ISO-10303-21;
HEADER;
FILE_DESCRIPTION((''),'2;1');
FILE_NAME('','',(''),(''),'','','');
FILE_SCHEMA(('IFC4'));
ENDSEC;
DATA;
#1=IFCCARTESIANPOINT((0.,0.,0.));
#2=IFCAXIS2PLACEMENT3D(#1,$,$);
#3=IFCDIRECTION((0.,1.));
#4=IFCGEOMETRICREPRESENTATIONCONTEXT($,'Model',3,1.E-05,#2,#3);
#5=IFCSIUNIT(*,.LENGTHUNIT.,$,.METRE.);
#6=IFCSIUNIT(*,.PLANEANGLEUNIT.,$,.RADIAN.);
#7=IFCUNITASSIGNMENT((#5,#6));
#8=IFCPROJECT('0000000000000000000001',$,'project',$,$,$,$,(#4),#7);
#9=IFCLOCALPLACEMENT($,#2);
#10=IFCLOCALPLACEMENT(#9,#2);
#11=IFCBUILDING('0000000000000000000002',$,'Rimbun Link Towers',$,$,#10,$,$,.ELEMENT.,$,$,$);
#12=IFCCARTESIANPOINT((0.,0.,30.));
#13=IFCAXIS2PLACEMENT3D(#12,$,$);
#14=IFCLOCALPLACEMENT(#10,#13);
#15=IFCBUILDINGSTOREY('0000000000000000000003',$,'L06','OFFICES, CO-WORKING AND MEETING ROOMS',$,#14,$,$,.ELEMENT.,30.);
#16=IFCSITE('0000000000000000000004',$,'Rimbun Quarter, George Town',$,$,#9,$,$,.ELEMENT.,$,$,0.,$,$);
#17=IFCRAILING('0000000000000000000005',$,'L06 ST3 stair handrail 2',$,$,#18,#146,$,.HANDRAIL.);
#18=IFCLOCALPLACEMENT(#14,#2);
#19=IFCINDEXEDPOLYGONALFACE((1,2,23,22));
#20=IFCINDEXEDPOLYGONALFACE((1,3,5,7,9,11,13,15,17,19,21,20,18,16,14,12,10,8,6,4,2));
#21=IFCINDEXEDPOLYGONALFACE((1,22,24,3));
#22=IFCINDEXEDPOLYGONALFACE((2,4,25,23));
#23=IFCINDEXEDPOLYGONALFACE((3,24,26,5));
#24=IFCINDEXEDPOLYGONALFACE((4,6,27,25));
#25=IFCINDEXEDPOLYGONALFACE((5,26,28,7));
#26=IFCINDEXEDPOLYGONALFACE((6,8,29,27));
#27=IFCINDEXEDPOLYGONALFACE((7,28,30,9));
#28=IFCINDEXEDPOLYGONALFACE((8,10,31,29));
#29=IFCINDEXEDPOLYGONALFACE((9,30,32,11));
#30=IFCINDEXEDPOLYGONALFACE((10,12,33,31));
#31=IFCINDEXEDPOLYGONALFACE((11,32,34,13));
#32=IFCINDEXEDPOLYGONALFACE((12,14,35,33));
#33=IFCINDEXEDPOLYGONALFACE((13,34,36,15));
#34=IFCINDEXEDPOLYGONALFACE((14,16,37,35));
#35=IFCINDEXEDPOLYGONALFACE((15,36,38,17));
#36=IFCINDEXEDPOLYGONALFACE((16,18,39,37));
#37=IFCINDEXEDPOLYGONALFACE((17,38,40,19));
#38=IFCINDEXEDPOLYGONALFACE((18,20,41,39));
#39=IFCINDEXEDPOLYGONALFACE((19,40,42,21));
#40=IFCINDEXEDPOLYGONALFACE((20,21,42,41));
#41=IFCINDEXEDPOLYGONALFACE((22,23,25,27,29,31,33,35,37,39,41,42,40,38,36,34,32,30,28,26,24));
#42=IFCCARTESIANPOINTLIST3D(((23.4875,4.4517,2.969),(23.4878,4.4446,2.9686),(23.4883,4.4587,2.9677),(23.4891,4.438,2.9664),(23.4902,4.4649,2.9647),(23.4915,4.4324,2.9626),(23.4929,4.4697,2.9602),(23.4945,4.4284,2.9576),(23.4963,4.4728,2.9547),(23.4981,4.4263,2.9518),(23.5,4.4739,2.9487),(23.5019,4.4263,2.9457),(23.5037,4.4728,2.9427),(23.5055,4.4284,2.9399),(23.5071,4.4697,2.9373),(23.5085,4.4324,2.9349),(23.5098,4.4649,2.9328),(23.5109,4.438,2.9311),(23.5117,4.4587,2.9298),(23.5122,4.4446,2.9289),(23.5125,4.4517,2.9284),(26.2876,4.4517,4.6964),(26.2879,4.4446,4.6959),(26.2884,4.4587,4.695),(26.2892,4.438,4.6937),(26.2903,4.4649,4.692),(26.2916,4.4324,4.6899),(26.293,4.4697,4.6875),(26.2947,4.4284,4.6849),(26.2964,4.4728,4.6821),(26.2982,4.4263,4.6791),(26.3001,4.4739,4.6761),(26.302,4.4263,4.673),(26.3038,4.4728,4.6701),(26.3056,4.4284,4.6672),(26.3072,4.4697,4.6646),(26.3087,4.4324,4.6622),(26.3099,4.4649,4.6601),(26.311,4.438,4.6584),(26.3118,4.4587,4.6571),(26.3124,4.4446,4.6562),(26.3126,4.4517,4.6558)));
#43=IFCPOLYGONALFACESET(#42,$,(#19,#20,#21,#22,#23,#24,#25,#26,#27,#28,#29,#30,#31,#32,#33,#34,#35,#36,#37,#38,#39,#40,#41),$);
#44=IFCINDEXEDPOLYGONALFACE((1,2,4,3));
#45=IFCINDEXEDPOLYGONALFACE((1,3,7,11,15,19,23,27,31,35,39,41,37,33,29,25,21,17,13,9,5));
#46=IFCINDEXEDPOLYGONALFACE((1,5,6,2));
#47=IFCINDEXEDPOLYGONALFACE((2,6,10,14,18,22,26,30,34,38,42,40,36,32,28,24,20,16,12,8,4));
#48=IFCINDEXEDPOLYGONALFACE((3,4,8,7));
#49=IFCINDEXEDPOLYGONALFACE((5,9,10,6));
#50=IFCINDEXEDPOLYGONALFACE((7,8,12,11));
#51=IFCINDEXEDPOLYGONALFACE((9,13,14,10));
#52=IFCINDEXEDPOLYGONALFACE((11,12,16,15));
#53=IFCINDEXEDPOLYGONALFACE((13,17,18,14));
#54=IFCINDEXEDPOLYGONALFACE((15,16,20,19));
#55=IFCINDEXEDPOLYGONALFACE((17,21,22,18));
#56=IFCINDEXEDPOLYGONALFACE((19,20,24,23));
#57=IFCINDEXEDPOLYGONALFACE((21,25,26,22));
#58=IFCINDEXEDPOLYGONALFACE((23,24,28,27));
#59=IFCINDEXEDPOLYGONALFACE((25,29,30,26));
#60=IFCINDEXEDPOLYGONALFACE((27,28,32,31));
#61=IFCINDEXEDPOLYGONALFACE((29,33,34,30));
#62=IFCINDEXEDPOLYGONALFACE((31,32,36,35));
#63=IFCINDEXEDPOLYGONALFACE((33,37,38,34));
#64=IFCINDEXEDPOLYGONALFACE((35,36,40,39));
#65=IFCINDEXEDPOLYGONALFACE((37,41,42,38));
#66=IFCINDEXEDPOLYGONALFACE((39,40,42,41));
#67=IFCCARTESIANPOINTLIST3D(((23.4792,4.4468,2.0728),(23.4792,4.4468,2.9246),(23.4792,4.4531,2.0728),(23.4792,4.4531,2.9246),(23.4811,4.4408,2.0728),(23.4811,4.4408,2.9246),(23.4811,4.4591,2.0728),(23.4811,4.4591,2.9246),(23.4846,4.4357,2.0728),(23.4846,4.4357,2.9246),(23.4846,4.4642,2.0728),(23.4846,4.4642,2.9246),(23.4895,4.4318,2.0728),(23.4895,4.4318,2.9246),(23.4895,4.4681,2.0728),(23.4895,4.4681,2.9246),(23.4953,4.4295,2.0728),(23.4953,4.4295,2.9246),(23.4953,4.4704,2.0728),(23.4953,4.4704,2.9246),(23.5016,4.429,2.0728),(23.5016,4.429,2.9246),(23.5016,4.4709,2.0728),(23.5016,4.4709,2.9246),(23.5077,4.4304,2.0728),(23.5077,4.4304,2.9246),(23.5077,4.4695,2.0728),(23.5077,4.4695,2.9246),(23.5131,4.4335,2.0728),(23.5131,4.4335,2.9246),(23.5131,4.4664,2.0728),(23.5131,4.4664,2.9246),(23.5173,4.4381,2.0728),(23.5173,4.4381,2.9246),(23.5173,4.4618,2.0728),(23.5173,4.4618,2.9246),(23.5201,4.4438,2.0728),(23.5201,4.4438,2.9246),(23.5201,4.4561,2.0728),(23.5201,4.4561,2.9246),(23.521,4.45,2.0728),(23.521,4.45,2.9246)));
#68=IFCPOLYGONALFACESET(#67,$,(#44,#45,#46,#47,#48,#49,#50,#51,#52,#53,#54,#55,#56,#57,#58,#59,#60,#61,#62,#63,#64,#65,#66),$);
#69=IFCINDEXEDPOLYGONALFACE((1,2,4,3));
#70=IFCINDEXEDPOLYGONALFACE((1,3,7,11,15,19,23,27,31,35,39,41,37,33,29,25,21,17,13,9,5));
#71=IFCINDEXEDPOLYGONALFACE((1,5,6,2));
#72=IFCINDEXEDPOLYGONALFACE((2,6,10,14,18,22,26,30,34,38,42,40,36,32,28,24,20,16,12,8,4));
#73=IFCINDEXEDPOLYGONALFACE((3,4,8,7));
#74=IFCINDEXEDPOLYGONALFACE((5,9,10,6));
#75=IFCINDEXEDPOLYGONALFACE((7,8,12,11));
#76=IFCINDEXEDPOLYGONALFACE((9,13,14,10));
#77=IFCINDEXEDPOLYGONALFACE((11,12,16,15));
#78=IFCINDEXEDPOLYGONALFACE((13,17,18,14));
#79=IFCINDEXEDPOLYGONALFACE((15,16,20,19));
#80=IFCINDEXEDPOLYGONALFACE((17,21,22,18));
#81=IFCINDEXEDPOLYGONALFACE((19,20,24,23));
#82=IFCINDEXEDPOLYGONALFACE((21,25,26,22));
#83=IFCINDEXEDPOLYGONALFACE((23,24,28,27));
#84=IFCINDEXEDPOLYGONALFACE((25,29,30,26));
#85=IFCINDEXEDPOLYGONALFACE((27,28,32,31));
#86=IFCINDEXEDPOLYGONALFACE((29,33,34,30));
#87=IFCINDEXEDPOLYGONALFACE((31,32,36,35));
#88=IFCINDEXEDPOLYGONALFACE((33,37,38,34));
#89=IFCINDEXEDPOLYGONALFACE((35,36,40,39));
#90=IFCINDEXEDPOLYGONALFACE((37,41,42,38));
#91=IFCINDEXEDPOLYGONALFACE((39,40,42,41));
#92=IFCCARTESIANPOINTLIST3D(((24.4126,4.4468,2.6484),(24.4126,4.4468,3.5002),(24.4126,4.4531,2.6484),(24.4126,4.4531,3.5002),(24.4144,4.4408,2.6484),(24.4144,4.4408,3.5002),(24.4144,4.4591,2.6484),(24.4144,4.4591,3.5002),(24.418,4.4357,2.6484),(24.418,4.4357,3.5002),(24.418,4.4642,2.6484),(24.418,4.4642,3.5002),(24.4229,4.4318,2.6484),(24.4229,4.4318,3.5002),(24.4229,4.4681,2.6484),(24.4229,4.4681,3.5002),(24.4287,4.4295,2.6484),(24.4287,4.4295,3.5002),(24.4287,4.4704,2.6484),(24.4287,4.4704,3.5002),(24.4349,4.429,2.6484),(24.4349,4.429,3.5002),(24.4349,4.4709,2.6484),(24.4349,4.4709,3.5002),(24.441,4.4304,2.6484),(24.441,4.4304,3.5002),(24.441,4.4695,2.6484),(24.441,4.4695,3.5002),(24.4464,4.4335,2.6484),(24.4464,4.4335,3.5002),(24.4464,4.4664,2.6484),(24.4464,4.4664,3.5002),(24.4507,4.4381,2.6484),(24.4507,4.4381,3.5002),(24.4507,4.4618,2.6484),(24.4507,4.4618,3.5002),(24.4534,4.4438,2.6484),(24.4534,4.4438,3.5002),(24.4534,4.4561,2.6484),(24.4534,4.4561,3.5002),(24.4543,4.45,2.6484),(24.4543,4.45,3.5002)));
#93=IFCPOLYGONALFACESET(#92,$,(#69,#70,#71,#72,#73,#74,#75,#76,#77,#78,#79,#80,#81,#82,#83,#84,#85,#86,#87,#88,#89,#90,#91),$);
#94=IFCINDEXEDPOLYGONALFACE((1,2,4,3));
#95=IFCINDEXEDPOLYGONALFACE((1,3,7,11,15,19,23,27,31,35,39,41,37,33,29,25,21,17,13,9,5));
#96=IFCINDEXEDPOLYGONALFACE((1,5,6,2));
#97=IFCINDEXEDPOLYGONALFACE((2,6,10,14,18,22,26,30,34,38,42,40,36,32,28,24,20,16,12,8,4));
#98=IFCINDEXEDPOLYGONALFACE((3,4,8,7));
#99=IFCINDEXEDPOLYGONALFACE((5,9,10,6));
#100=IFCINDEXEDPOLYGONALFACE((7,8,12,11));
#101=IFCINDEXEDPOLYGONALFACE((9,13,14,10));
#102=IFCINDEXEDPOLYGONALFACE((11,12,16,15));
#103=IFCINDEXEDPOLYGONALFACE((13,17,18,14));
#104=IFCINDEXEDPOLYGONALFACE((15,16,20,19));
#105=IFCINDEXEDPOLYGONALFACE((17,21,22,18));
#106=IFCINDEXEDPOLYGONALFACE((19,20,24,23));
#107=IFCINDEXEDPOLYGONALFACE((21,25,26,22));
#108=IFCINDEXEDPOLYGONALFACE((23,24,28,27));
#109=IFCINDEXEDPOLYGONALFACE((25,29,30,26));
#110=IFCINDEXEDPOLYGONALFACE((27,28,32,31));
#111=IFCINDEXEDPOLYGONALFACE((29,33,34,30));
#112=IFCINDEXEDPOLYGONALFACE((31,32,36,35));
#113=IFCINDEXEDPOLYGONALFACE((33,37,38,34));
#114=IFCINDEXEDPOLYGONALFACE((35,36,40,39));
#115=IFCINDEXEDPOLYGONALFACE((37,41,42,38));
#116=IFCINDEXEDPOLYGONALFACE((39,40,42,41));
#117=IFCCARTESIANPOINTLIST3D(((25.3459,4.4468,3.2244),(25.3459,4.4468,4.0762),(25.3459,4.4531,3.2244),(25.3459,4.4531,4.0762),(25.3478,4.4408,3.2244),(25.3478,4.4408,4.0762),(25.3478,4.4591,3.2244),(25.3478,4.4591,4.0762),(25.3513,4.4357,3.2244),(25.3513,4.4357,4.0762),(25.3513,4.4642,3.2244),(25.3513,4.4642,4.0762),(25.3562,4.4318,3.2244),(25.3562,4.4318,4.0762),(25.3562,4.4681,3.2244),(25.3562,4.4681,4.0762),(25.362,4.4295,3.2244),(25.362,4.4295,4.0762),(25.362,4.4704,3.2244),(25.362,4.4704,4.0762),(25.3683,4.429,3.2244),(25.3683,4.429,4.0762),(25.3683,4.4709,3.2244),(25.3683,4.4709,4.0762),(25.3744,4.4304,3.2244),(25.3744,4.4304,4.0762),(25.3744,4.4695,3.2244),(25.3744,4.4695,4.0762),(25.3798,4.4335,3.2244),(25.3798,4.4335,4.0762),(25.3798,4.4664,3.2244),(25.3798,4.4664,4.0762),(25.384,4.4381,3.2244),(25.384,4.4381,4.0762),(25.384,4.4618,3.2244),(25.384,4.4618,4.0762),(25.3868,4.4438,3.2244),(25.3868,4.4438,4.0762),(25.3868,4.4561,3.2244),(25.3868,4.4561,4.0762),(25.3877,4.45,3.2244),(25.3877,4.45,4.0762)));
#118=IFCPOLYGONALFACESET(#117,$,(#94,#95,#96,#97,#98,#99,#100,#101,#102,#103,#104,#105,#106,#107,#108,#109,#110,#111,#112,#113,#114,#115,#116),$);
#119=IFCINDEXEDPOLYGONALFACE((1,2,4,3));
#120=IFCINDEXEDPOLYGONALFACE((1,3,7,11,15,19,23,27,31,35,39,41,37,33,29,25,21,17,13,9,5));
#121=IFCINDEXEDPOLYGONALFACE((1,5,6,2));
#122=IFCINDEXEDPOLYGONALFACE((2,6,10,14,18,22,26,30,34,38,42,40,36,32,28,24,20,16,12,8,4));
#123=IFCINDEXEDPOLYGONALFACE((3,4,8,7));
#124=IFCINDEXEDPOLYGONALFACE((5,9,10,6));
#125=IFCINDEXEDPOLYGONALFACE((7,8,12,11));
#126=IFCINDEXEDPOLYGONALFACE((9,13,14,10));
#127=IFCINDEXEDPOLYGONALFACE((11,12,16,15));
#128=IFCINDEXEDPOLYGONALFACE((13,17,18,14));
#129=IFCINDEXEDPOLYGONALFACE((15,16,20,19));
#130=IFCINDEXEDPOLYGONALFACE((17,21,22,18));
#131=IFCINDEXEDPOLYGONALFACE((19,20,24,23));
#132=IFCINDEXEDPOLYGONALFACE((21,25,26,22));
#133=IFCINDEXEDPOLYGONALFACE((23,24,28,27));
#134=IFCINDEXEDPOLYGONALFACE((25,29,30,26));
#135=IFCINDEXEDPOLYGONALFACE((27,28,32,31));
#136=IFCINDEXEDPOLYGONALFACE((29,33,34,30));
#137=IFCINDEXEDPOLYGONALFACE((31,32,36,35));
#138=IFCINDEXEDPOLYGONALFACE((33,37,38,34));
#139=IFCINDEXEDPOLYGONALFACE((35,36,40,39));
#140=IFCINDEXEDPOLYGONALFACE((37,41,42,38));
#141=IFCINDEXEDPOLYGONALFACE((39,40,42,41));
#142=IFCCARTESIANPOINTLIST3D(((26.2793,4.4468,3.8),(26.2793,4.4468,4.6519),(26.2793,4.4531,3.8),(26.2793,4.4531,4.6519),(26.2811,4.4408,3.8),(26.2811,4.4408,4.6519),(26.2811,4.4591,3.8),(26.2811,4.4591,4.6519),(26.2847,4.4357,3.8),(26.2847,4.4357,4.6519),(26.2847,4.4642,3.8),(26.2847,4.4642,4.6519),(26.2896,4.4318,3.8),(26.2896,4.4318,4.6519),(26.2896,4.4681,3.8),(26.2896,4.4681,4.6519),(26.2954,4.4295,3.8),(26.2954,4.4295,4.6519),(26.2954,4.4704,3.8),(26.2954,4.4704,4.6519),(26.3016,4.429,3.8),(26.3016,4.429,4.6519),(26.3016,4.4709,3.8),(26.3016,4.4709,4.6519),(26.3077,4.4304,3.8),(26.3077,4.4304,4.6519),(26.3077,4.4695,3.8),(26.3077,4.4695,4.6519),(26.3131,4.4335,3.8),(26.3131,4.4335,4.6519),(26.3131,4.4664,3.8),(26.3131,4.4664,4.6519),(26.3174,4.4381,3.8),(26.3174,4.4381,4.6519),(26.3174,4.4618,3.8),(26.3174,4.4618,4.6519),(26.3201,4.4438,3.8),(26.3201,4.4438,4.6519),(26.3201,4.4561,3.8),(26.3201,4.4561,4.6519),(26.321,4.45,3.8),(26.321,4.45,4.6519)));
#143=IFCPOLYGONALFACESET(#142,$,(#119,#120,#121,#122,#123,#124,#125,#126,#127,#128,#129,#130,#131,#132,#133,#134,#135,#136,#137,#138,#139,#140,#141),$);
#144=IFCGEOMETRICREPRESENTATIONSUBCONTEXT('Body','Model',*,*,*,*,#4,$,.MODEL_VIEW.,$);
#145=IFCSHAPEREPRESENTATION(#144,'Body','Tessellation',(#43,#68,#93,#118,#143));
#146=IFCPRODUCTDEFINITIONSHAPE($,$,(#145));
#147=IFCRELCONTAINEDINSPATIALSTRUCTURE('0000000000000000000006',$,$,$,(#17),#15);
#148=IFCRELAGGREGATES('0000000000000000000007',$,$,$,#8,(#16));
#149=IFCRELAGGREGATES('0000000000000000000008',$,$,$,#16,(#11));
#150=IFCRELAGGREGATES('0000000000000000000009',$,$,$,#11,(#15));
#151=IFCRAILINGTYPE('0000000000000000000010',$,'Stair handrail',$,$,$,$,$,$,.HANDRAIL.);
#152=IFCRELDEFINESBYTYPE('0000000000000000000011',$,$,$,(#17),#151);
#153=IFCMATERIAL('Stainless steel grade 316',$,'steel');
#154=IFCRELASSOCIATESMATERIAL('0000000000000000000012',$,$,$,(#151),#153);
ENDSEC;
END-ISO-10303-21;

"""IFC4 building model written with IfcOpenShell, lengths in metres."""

from ifc_helpers import new_model, si_unit, direction, frame, origin, origin_2d, place, context, subcontext, project, spatial, circle, extrude, material, type_object, element, save


model = new_model("IFC4")

# Units and contexts
model_context = context("Model", 3, precision=1e-05, world=origin(), true_north=direction((0.0, 1.0)))
body_context = subcontext(model_context, "Body", "Model", "MODEL_VIEW")
ifc_project = project(units=[si_unit("LENGTHUNIT", "METRE"), si_unit("PLANEANGLEUNIT", "RADIAN")], contexts=[model_context])

# Site, building, storey
site_placement = place(None, origin())
site = spatial("IfcSite", under=ifc_project, at=site_placement, Name="Rimbun Quarter, George Town", CompositionType="ELEMENT", RefElevation=0.0)
building_placement = place(site_placement, origin())
building = spatial("IfcBuilding", under=site, at=building_placement, Name="Rimbun Link Towers", CompositionType="ELEMENT")
storey_placement = place(building_placement, frame((0.0, 0.0, 30.0)))
storey = spatial("IfcBuildingStorey", under=building, at=storey_placement, Name="L06", Description="OFFICES, CO-WORKING AND MEETING ROOMS", CompositionType="ELEMENT", Elevation=30.0)

# Railing
ifc_material_1 = material(Name="Stainless steel grade 316", Category="steel")
railing_type_1 = type_object("IfcRailingType", Name="Stair handrail", PredefinedType="HANDRAIL", material=ifc_material_1)
railing_1_placement = place(storey_placement, frame((23.5, 4.45, 2.0728)))
element("IfcRailing", 1, at=railing_1_placement, inside=storey, type_object=railing_type_1, Name="L06 ST3 stair handrail 2", PredefinedType="HANDRAIL", context=body_context, shape_type="SweptSolid", body=[
    extrude(circle(Radius=0.0239, at=origin_2d()), frame((0.0, 0.0, 0.876), z_axis=(0.85109, 0.0, 0.52502), x_axis=(0.0, 1.0, 0.0)), (0.0, 0.0, 1.0), 3.29),
    extrude(circle(Radius=0.021, at=origin_2d()), origin(), (0.0, 0.0, 1.0), 0.8518),
    extrude(circle(Radius=0.021, at=origin_2d()), frame((0.9333, 0.0, 0.5757)), (0.0, 0.0, 1.0), 0.8518),
    extrude(circle(Radius=0.021, at=origin_2d()), frame((1.8667, 0.0, 1.1516)), (0.0, 0.0, 1.0), 0.8518),
    extrude(circle(Radius=0.021, at=origin_2d()), frame((2.8, 0.0, 1.7273)), (0.0, 0.0, 1.0), 0.8518),
])

save(model, "model.ifc")
